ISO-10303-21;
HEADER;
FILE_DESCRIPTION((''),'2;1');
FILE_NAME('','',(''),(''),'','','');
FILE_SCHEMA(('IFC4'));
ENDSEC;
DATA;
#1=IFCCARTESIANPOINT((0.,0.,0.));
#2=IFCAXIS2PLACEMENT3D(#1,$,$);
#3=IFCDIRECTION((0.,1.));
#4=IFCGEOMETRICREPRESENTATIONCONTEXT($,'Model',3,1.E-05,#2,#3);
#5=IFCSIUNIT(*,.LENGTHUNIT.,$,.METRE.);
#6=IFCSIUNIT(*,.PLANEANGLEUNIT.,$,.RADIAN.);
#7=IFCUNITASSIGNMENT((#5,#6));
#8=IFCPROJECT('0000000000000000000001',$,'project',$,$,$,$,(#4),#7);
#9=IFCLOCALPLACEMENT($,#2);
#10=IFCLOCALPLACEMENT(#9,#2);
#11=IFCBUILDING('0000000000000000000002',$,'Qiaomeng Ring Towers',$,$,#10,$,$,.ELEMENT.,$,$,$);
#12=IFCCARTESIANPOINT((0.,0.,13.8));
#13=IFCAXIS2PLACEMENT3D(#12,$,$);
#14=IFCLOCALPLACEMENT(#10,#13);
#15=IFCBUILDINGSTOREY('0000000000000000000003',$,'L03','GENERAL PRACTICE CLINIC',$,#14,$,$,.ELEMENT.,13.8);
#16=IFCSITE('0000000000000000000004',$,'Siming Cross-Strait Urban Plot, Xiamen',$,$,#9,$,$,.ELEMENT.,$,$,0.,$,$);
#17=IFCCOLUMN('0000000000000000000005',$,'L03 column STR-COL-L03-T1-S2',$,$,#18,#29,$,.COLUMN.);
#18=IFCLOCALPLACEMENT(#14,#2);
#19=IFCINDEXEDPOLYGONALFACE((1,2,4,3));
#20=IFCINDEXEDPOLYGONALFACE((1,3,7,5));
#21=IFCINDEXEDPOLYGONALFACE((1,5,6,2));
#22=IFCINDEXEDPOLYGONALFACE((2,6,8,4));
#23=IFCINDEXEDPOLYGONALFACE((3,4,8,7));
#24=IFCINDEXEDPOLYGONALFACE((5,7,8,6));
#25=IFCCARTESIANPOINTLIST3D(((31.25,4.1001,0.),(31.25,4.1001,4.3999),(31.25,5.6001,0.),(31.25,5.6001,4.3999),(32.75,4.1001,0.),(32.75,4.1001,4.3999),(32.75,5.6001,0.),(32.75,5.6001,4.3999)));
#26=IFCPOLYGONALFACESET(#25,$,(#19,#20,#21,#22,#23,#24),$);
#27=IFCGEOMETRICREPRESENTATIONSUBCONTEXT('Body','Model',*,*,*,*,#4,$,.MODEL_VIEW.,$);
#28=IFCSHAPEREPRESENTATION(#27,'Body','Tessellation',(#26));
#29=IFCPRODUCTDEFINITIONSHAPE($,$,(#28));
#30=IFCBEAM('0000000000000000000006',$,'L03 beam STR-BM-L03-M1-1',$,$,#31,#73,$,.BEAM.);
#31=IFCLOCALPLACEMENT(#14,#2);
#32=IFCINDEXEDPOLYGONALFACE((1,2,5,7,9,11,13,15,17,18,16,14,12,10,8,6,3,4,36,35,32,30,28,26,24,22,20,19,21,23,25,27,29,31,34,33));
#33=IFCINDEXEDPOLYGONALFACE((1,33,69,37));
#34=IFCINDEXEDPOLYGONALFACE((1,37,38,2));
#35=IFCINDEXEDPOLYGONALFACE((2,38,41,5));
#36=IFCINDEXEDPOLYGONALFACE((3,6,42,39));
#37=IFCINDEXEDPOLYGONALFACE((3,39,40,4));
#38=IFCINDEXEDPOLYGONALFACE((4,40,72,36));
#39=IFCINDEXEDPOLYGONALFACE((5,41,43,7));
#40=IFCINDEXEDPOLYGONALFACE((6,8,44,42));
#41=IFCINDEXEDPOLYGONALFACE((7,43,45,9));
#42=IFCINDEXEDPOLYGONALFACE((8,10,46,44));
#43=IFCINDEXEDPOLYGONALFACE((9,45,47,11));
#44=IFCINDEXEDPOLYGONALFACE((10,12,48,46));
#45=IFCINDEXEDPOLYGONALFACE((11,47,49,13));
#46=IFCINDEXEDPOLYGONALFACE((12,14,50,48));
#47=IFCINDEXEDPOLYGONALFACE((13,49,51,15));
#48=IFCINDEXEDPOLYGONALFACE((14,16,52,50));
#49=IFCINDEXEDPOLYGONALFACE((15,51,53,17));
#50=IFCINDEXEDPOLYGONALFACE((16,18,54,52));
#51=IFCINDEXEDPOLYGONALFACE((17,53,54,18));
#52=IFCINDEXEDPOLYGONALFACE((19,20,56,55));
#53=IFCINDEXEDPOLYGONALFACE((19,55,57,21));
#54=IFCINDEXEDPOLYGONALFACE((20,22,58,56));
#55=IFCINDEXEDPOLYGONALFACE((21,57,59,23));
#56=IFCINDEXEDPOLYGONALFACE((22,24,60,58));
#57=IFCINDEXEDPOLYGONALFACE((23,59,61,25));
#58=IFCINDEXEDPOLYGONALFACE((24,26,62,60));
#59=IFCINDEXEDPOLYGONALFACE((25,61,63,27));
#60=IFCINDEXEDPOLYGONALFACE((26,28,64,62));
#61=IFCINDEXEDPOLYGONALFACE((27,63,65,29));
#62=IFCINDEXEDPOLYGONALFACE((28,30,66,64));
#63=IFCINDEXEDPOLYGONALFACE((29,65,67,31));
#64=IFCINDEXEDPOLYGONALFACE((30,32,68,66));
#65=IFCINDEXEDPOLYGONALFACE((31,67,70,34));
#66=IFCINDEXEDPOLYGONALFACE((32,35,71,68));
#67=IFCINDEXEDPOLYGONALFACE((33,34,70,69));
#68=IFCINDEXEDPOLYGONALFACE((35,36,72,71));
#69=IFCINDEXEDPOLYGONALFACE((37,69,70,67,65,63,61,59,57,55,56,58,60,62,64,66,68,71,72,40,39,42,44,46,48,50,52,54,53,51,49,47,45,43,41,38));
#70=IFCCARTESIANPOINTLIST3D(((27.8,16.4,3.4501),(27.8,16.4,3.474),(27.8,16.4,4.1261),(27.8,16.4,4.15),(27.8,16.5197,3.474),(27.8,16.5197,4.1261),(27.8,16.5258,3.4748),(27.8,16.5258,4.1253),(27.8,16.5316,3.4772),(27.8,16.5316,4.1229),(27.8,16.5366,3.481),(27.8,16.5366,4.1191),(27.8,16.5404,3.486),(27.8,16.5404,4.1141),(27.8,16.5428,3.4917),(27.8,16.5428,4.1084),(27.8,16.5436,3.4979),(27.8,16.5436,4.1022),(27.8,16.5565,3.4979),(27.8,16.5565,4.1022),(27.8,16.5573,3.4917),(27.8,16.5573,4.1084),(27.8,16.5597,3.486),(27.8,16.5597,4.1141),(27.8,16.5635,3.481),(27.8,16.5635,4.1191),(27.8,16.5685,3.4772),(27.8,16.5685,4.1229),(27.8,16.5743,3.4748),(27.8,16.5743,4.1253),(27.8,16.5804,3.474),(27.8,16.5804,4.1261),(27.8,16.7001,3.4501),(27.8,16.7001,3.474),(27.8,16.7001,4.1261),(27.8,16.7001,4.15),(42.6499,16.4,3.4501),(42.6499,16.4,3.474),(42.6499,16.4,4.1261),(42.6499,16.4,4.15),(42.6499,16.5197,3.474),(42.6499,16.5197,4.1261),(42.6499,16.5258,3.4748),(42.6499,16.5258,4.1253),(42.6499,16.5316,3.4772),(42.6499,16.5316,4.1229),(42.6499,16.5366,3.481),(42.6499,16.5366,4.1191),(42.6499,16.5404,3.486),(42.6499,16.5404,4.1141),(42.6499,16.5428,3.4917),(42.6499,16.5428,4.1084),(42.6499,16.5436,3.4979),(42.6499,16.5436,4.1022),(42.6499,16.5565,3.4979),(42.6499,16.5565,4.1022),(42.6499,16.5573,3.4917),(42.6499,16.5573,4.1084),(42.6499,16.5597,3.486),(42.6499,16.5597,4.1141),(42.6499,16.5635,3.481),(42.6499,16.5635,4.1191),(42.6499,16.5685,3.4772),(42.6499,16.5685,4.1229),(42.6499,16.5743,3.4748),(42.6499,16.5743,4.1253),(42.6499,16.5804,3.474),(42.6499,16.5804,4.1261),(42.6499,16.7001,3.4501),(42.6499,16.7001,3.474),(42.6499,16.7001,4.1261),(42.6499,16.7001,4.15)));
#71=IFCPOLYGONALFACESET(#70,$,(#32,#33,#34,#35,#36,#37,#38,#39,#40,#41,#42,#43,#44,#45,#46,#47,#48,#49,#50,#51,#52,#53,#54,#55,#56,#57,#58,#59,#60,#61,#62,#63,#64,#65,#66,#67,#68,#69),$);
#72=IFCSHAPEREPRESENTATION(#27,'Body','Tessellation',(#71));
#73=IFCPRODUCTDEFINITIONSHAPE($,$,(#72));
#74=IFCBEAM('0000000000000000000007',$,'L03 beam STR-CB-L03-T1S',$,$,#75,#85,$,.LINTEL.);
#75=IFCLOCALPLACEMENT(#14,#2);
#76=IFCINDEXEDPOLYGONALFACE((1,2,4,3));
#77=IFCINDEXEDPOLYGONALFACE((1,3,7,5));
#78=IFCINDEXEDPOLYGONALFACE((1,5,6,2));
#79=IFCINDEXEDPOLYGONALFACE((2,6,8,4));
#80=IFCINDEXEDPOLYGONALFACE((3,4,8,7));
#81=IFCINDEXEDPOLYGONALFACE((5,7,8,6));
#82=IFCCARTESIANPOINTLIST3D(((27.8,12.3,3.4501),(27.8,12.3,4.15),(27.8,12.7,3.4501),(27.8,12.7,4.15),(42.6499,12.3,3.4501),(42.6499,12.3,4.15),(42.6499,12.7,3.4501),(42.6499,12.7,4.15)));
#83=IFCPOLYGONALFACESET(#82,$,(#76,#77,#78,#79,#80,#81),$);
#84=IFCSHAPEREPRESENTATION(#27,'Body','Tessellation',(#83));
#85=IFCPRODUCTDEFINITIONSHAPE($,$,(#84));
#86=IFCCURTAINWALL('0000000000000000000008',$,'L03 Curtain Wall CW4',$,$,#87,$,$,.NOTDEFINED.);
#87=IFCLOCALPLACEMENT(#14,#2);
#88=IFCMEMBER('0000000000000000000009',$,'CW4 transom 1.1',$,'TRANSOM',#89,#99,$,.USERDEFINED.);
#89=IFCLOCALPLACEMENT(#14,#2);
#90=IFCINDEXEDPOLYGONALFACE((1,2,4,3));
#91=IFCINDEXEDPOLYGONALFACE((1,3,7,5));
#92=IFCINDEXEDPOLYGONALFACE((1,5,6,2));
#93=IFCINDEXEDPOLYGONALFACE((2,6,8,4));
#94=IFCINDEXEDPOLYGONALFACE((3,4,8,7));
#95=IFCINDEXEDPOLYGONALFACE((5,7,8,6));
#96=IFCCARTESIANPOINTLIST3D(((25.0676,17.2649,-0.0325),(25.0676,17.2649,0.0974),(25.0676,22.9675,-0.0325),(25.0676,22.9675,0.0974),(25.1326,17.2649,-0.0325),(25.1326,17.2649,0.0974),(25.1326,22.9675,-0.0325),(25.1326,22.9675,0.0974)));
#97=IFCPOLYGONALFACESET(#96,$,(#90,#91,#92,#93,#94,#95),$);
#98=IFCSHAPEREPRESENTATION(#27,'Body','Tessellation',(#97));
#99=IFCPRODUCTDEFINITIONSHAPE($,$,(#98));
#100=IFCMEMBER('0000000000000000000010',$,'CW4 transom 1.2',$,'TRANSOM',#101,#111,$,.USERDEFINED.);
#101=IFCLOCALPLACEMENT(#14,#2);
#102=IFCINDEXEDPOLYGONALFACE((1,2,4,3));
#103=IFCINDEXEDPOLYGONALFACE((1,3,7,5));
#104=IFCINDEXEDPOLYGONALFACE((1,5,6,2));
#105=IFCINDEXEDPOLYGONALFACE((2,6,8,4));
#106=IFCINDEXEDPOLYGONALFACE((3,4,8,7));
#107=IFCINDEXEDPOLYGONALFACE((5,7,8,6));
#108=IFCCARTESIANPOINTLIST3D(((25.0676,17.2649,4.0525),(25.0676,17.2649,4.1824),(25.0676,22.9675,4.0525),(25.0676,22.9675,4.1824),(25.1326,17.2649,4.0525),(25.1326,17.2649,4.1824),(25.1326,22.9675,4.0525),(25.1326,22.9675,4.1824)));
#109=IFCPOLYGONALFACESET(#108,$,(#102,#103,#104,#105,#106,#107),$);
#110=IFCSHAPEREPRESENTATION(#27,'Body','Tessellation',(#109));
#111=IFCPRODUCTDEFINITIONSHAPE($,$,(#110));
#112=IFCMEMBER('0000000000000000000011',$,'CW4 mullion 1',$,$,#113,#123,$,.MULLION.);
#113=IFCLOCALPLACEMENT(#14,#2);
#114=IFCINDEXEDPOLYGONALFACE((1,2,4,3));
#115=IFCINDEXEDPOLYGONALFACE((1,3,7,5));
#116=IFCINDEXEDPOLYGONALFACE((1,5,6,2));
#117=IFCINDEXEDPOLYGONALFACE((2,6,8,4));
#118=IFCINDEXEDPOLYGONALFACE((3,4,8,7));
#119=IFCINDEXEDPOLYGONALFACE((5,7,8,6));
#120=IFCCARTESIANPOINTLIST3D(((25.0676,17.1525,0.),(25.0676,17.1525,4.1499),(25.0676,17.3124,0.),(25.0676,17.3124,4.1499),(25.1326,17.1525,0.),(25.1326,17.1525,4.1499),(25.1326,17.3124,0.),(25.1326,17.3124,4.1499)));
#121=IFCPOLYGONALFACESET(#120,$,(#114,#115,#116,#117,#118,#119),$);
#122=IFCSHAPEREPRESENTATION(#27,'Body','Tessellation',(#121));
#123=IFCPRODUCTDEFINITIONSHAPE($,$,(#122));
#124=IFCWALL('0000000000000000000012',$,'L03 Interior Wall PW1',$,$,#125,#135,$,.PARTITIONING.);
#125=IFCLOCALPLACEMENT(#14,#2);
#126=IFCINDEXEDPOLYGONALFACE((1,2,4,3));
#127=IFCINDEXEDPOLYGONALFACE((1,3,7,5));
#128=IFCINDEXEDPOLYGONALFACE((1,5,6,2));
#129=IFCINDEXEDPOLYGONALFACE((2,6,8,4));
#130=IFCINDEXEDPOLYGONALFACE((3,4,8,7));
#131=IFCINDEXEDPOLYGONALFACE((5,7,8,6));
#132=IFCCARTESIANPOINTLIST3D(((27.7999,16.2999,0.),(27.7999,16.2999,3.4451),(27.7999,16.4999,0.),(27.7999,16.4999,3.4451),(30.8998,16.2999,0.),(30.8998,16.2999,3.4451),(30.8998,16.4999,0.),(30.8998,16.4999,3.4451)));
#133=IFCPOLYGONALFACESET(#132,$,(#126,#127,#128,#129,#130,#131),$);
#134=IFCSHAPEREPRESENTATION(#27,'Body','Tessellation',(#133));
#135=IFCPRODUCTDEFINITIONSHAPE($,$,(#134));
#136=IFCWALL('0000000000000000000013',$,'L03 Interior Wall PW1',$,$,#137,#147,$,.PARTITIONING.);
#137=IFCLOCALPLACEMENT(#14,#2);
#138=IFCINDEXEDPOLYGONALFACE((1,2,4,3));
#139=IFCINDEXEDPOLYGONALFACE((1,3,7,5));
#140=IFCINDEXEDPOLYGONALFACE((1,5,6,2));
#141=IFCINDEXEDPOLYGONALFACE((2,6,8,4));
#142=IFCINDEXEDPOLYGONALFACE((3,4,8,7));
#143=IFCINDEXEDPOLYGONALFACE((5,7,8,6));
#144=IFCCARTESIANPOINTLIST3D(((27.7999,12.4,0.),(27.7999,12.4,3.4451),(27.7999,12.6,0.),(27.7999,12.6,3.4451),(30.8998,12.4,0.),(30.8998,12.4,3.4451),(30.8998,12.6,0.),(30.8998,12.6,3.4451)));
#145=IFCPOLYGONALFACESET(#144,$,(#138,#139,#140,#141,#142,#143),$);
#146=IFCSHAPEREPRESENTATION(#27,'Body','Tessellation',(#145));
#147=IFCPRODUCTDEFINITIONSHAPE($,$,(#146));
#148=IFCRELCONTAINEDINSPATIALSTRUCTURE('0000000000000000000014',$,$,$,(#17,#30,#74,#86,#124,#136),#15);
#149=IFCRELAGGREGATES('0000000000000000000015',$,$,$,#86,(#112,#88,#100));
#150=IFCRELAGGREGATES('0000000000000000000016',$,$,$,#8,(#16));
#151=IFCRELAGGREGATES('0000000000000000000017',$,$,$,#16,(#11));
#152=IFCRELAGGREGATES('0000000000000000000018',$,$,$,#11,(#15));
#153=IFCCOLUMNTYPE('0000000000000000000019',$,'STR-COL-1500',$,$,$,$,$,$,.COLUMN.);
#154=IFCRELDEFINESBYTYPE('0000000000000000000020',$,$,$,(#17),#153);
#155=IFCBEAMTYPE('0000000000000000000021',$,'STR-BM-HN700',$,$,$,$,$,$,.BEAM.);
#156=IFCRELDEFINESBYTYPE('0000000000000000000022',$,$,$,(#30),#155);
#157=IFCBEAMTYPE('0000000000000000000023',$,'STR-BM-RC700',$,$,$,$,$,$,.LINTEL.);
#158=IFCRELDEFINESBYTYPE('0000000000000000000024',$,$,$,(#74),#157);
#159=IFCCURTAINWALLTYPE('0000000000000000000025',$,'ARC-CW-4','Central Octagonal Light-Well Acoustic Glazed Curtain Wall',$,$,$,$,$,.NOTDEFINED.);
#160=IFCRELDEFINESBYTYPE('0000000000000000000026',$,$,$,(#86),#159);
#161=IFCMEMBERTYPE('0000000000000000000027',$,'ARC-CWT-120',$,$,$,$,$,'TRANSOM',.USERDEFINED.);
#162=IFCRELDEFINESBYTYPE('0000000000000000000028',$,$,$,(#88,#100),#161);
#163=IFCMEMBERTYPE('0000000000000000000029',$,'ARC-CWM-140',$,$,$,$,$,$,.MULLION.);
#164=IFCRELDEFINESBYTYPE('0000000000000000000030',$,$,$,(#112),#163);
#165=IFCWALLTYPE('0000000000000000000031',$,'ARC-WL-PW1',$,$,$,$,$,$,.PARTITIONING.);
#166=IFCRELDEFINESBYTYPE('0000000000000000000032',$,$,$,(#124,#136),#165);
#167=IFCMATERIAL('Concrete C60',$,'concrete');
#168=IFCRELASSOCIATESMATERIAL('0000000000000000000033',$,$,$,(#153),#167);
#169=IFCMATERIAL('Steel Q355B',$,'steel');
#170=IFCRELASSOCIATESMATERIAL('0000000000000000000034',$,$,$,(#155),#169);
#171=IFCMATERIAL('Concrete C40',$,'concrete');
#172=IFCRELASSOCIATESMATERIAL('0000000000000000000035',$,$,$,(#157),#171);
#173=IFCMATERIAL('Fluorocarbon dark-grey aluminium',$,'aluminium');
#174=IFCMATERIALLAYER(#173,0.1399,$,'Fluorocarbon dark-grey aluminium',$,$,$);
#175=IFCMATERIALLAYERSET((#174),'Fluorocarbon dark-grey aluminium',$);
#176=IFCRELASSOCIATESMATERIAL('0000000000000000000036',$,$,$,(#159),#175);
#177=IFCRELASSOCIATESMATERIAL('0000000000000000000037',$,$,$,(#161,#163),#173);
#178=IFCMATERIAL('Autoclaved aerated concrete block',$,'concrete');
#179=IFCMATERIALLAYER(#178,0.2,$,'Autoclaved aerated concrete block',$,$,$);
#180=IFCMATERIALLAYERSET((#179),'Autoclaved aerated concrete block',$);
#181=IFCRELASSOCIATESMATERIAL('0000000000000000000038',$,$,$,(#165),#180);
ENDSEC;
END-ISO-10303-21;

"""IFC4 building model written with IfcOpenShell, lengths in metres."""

from ifc_helpers import new_model, si_unit, direction, frame, frame_2d, origin, origin_2d, place, context, subcontext, project, spatial, rectangle, i_section, extrude, source, transform, mapped, material, layer, layer_set, material_profile, profile_set, type_object, element, aggregate, save


model = new_model("IFC4")

# Units and contexts
model_context = context("Model", 3, precision=1e-05, world=origin(), true_north=direction((0.0, 1.0)))
body_context = subcontext(model_context, "Body", "Model", "MODEL_VIEW")
ifc_project = project(units=[si_unit("LENGTHUNIT", "METRE"), si_unit("PLANEANGLEUNIT", "RADIAN")], contexts=[model_context])

# Site, building, storey
site_placement = place(None, origin())
site = spatial("IfcSite", under=ifc_project, at=site_placement, Name="Siming Cross-Strait Urban Plot, Xiamen", CompositionType="ELEMENT", RefElevation=0.0)
building_placement = place(site_placement, origin())
building = spatial("IfcBuilding", under=site, at=building_placement, Name="Qiaomeng Ring Towers", CompositionType="ELEMENT")
storey_placement = place(building_placement, frame((0.0, 0.0, 13.8)))
storey = spatial("IfcBuildingStorey", under=building, at=storey_placement, Name="L03", Description="GENERAL PRACTICE CLINIC", CompositionType="ELEMENT", Elevation=13.8)

# Column
ifc_material_1 = material(Name="Concrete C60", Category="concrete")
ifc_material_profile_1 = material_profile(ifc_material_1, rectangle(XDim=1.5, YDim=1.5, at=origin_2d()), Name="RC COL 1500x1500")
ifc_profile_set_1 = profile_set([ifc_material_profile_1], Name="Concrete C60")
column_type = type_object("IfcColumnType", Name="STR-COL-1500", PredefinedType="COLUMN", material=ifc_profile_set_1)
shared_shape_1 = source(origin(), body_context, "Body", "SweptSolid", [
    extrude(rectangle(XDim=1.5, YDim=1.5, at=origin_2d()), origin(), (0.0, 0.0, 1.0), 4.3999),
])
column_placement = place(storey_placement, frame((32.0, 4.8501, 0.0), z_axis=(0.0, 0.0, 1.0), x_axis=(1.0, 0.0, 0.0)))
element("IfcColumn", 1, at=column_placement, inside=storey, type_object=column_type, Name="L03 column STR-COL-L03-T1-S2", PredefinedType="COLUMN", context=body_context, shape_type="MappedRepresentation", body=[
    mapped(shared_shape_1, transform((0.0, 0.0, 0.0), x_axis=(1.0, 0.0, 0.0), y_axis=(0.0, 1.0, 0.0), z_axis=(0.0, 0.0, 1.0), scale=1.0)),
])

# Beams
ifc_material_2 = material(Name="Steel Q355B", Category="steel")
ifc_material_profile_2 = material_profile(ifc_material_2, i_section(OverallWidth=0.3, OverallDepth=0.7, WebThickness=0.0129, FlangeThickness=0.0239, FilletRadius=0.0239, at=origin_2d()), Name="HN 700x300x13x24")
ifc_profile_set_2 = profile_set([ifc_material_profile_2], Name="Steel Q355B")
beam_type_1 = type_object("IfcBeamType", Name="STR-BM-HN700", PredefinedType="BEAM", material=ifc_profile_set_2)
shared_shape_2 = source(origin(), body_context, "Body", "SweptSolid", [
    extrude(i_section(OverallWidth=0.3, OverallDepth=0.7, WebThickness=0.0129, FlangeThickness=0.0239, FilletRadius=0.0239, at=origin_2d()), origin(), (0.0, 0.0, 1.0), 14.8499),
])
beam_1_placement = place(storey_placement, frame((27.8, 16.55, 3.8), z_axis=(1.0, 0.0, 0.0), x_axis=(0.0, 1.0, 0.0)))
element("IfcBeam", 2, at=beam_1_placement, inside=storey, type_object=beam_type_1, Name="L03 beam STR-BM-L03-M1-1", PredefinedType="BEAM", context=body_context, shape_type="MappedRepresentation", body=[
    mapped(shared_shape_2, transform((0.0, 0.0, 0.0), x_axis=(1.0, 0.0, 0.0), y_axis=(0.0, 1.0, 0.0), z_axis=(0.0, 0.0, 1.0), scale=1.0)),
])
ifc_material_3 = material(Name="Concrete C40", Category="concrete")
ifc_material_profile_3 = material_profile(ifc_material_3, rectangle(XDim=0.3999, YDim=0.7, at=origin_2d()), Name="RC BM 400x700")
ifc_profile_set_3 = profile_set([ifc_material_profile_3], Name="Concrete C40")
beam_type_2 = type_object("IfcBeamType", Name="STR-BM-RC700", PredefinedType="LINTEL", material=ifc_profile_set_3)
shared_shape_3 = source(origin(), body_context, "Body", "SweptSolid", [
    extrude(rectangle(XDim=0.3999, YDim=0.7, at=origin_2d()), origin(), (0.0, 0.0, 1.0), 14.8499),
])
beam_2_placement = place(storey_placement, frame((27.8, 12.5, 3.8), z_axis=(1.0, 0.0, 0.0), x_axis=(0.0, 1.0, 0.0)))
element("IfcBeam", 3, at=beam_2_placement, inside=storey, type_object=beam_type_2, Name="L03 beam STR-CB-L03-T1S", PredefinedType="LINTEL", context=body_context, shape_type="MappedRepresentation", body=[
    mapped(shared_shape_3, transform((0.0, 0.0, 0.0), x_axis=(1.0, 0.0, 0.0), y_axis=(0.0, 1.0, 0.0), z_axis=(0.0, 0.0, 1.0), scale=1.0)),
])

# Curtain wall, members
ifc_material_4 = material(Name="Fluorocarbon dark-grey aluminium", Category="aluminium")
ifc_layer_1 = layer(ifc_material_4, 0.1399, Name="Fluorocarbon dark-grey aluminium")
ifc_layer_set_1 = layer_set([ifc_layer_1], Name="Fluorocarbon dark-grey aluminium")
curtain_wall_type = type_object("IfcCurtainWallType", Name="ARC-CW-4", Description="Central Octagonal Light-Well Acoustic Glazed Curtain Wall", PredefinedType="NOTDEFINED", material=ifc_layer_set_1)
curtain_wall_placement = place(storey_placement, origin())
curtain_wall = element("IfcCurtainWall", 4, at=curtain_wall_placement, inside=storey, type_object=curtain_wall_type, Name="L03 Curtain Wall CW4", PredefinedType="NOTDEFINED")
ifc_material_profile_4 = material_profile(ifc_material_4, rectangle(XDim=0.0649, YDim=0.1299, at=origin_2d()), Name="ALU TRAN 65x130")
ifc_profile_set_4 = profile_set([ifc_material_profile_4], Name="Fluorocarbon dark-grey aluminium")
member_type_1 = type_object("IfcMemberType", Name="ARC-CWT-120", ElementType="TRANSOM", PredefinedType="USERDEFINED", material=ifc_profile_set_4)
shared_shape_4 = source(origin(), body_context, "Body", "SweptSolid", [
    extrude(rectangle(XDim=0.0649, YDim=0.1299, at=origin_2d()), origin(), (0.0, 0.0, 1.0), 5.7026),
])
member_1_placement = place(storey_placement, frame((25.1001, 17.2649, 0.0325), z_axis=(0.0, 1.0, 0.0), x_axis=(-1.0, 0.0, 0.0)))
member_1 = element("IfcMember", 5, at=member_1_placement, type_object=member_type_1, Name="CW4 transom 1.1", ObjectType="TRANSOM", PredefinedType="USERDEFINED", context=body_context, shape_type="MappedRepresentation", body=[
    mapped(shared_shape_4, transform((0.0, 0.0, 0.0), x_axis=(1.0, 0.0, 0.0), y_axis=(0.0, 1.0, 0.0), z_axis=(0.0, 0.0, 1.0), scale=1.0)),
])
member_2_placement = place(storey_placement, frame((25.1001, 17.2649, 4.1174), z_axis=(0.0, 1.0, 0.0), x_axis=(-1.0, 0.0, 0.0)))
member_2 = element("IfcMember", 6, at=member_2_placement, type_object=member_type_1, Name="CW4 transom 1.2", ObjectType="TRANSOM", PredefinedType="USERDEFINED", context=body_context, shape_type="MappedRepresentation", body=[
    mapped(shared_shape_4, transform((0.0, 0.0, 0.0), x_axis=(1.0, 0.0, 0.0), y_axis=(0.0, 1.0, 0.0), z_axis=(0.0, 0.0, 1.0), scale=1.0)),
])
ifc_material_profile_5 = material_profile(ifc_material_4, rectangle(XDim=0.0649, YDim=0.1599, at=origin_2d()), Name="ALU MULL 65x160")
ifc_profile_set_5 = profile_set([ifc_material_profile_5], Name="Fluorocarbon dark-grey aluminium")
member_type_2 = type_object("IfcMemberType", Name="ARC-CWM-140", PredefinedType="MULLION", material=ifc_profile_set_5)
shared_shape_5 = source(origin(), body_context, "Body", "SweptSolid", [
    extrude(rectangle(XDim=0.0649, YDim=0.1599, at=origin_2d()), origin(), (0.0, 0.0, 1.0), 4.1499),
])
member_3_placement = place(storey_placement, frame((25.1001, 17.2324, 0.0), z_axis=(0.0, 0.0, 1.0), x_axis=(-1.0, 0.0, 0.0)))
member_3 = element("IfcMember", 7, at=member_3_placement, type_object=member_type_2, Name="CW4 mullion 1", PredefinedType="MULLION", context=body_context, shape_type="MappedRepresentation", body=[
    mapped(shared_shape_5, transform((0.0, 0.0, 0.0), x_axis=(1.0, 0.0, 0.0), y_axis=(0.0, 1.0, 0.0), z_axis=(0.0, 0.0, 1.0), scale=1.0)),
])
aggregate(curtain_wall, [member_3, member_1, member_2])

# Walls
ifc_material_5 = material(Name="Autoclaved aerated concrete block", Category="concrete")
ifc_layer_2 = layer(ifc_material_5, 0.2, Name="Autoclaved aerated concrete block")
ifc_layer_set_2 = layer_set([ifc_layer_2], Name="Autoclaved aerated concrete block")
wall_type_1 = type_object("IfcWallType", Name="ARC-WL-PW1", PredefinedType="PARTITIONING", material=ifc_layer_set_2)
for number, where, z_axis, x_axis, name in (
    (8, (27.8, 16.3999, 0.0), (0.0, 0.0, 1.0), (1.0, 0.0, 0.0), "L03 Interior Wall PW1"),
    (9, (27.8, 12.5, 0.0), (0.0, 0.0, 1.0), (1.0, 0.0, 0.0), "L03 Interior Wall PW1"),
):
    element("IfcWall", number, at=place(storey_placement, frame(where, z_axis=z_axis, x_axis=x_axis)), inside=storey, type_object=wall_type_1, Name=name, PredefinedType="PARTITIONING", context=body_context, shape_type="SweptSolid", body=[
        extrude(rectangle(XDim=3.0999, YDim=0.2, at=frame_2d((1.5498, 0.0))), origin(), (0.0, 0.0, 1.0), 3.4451),
    ])

save(model, "model.ifc")
